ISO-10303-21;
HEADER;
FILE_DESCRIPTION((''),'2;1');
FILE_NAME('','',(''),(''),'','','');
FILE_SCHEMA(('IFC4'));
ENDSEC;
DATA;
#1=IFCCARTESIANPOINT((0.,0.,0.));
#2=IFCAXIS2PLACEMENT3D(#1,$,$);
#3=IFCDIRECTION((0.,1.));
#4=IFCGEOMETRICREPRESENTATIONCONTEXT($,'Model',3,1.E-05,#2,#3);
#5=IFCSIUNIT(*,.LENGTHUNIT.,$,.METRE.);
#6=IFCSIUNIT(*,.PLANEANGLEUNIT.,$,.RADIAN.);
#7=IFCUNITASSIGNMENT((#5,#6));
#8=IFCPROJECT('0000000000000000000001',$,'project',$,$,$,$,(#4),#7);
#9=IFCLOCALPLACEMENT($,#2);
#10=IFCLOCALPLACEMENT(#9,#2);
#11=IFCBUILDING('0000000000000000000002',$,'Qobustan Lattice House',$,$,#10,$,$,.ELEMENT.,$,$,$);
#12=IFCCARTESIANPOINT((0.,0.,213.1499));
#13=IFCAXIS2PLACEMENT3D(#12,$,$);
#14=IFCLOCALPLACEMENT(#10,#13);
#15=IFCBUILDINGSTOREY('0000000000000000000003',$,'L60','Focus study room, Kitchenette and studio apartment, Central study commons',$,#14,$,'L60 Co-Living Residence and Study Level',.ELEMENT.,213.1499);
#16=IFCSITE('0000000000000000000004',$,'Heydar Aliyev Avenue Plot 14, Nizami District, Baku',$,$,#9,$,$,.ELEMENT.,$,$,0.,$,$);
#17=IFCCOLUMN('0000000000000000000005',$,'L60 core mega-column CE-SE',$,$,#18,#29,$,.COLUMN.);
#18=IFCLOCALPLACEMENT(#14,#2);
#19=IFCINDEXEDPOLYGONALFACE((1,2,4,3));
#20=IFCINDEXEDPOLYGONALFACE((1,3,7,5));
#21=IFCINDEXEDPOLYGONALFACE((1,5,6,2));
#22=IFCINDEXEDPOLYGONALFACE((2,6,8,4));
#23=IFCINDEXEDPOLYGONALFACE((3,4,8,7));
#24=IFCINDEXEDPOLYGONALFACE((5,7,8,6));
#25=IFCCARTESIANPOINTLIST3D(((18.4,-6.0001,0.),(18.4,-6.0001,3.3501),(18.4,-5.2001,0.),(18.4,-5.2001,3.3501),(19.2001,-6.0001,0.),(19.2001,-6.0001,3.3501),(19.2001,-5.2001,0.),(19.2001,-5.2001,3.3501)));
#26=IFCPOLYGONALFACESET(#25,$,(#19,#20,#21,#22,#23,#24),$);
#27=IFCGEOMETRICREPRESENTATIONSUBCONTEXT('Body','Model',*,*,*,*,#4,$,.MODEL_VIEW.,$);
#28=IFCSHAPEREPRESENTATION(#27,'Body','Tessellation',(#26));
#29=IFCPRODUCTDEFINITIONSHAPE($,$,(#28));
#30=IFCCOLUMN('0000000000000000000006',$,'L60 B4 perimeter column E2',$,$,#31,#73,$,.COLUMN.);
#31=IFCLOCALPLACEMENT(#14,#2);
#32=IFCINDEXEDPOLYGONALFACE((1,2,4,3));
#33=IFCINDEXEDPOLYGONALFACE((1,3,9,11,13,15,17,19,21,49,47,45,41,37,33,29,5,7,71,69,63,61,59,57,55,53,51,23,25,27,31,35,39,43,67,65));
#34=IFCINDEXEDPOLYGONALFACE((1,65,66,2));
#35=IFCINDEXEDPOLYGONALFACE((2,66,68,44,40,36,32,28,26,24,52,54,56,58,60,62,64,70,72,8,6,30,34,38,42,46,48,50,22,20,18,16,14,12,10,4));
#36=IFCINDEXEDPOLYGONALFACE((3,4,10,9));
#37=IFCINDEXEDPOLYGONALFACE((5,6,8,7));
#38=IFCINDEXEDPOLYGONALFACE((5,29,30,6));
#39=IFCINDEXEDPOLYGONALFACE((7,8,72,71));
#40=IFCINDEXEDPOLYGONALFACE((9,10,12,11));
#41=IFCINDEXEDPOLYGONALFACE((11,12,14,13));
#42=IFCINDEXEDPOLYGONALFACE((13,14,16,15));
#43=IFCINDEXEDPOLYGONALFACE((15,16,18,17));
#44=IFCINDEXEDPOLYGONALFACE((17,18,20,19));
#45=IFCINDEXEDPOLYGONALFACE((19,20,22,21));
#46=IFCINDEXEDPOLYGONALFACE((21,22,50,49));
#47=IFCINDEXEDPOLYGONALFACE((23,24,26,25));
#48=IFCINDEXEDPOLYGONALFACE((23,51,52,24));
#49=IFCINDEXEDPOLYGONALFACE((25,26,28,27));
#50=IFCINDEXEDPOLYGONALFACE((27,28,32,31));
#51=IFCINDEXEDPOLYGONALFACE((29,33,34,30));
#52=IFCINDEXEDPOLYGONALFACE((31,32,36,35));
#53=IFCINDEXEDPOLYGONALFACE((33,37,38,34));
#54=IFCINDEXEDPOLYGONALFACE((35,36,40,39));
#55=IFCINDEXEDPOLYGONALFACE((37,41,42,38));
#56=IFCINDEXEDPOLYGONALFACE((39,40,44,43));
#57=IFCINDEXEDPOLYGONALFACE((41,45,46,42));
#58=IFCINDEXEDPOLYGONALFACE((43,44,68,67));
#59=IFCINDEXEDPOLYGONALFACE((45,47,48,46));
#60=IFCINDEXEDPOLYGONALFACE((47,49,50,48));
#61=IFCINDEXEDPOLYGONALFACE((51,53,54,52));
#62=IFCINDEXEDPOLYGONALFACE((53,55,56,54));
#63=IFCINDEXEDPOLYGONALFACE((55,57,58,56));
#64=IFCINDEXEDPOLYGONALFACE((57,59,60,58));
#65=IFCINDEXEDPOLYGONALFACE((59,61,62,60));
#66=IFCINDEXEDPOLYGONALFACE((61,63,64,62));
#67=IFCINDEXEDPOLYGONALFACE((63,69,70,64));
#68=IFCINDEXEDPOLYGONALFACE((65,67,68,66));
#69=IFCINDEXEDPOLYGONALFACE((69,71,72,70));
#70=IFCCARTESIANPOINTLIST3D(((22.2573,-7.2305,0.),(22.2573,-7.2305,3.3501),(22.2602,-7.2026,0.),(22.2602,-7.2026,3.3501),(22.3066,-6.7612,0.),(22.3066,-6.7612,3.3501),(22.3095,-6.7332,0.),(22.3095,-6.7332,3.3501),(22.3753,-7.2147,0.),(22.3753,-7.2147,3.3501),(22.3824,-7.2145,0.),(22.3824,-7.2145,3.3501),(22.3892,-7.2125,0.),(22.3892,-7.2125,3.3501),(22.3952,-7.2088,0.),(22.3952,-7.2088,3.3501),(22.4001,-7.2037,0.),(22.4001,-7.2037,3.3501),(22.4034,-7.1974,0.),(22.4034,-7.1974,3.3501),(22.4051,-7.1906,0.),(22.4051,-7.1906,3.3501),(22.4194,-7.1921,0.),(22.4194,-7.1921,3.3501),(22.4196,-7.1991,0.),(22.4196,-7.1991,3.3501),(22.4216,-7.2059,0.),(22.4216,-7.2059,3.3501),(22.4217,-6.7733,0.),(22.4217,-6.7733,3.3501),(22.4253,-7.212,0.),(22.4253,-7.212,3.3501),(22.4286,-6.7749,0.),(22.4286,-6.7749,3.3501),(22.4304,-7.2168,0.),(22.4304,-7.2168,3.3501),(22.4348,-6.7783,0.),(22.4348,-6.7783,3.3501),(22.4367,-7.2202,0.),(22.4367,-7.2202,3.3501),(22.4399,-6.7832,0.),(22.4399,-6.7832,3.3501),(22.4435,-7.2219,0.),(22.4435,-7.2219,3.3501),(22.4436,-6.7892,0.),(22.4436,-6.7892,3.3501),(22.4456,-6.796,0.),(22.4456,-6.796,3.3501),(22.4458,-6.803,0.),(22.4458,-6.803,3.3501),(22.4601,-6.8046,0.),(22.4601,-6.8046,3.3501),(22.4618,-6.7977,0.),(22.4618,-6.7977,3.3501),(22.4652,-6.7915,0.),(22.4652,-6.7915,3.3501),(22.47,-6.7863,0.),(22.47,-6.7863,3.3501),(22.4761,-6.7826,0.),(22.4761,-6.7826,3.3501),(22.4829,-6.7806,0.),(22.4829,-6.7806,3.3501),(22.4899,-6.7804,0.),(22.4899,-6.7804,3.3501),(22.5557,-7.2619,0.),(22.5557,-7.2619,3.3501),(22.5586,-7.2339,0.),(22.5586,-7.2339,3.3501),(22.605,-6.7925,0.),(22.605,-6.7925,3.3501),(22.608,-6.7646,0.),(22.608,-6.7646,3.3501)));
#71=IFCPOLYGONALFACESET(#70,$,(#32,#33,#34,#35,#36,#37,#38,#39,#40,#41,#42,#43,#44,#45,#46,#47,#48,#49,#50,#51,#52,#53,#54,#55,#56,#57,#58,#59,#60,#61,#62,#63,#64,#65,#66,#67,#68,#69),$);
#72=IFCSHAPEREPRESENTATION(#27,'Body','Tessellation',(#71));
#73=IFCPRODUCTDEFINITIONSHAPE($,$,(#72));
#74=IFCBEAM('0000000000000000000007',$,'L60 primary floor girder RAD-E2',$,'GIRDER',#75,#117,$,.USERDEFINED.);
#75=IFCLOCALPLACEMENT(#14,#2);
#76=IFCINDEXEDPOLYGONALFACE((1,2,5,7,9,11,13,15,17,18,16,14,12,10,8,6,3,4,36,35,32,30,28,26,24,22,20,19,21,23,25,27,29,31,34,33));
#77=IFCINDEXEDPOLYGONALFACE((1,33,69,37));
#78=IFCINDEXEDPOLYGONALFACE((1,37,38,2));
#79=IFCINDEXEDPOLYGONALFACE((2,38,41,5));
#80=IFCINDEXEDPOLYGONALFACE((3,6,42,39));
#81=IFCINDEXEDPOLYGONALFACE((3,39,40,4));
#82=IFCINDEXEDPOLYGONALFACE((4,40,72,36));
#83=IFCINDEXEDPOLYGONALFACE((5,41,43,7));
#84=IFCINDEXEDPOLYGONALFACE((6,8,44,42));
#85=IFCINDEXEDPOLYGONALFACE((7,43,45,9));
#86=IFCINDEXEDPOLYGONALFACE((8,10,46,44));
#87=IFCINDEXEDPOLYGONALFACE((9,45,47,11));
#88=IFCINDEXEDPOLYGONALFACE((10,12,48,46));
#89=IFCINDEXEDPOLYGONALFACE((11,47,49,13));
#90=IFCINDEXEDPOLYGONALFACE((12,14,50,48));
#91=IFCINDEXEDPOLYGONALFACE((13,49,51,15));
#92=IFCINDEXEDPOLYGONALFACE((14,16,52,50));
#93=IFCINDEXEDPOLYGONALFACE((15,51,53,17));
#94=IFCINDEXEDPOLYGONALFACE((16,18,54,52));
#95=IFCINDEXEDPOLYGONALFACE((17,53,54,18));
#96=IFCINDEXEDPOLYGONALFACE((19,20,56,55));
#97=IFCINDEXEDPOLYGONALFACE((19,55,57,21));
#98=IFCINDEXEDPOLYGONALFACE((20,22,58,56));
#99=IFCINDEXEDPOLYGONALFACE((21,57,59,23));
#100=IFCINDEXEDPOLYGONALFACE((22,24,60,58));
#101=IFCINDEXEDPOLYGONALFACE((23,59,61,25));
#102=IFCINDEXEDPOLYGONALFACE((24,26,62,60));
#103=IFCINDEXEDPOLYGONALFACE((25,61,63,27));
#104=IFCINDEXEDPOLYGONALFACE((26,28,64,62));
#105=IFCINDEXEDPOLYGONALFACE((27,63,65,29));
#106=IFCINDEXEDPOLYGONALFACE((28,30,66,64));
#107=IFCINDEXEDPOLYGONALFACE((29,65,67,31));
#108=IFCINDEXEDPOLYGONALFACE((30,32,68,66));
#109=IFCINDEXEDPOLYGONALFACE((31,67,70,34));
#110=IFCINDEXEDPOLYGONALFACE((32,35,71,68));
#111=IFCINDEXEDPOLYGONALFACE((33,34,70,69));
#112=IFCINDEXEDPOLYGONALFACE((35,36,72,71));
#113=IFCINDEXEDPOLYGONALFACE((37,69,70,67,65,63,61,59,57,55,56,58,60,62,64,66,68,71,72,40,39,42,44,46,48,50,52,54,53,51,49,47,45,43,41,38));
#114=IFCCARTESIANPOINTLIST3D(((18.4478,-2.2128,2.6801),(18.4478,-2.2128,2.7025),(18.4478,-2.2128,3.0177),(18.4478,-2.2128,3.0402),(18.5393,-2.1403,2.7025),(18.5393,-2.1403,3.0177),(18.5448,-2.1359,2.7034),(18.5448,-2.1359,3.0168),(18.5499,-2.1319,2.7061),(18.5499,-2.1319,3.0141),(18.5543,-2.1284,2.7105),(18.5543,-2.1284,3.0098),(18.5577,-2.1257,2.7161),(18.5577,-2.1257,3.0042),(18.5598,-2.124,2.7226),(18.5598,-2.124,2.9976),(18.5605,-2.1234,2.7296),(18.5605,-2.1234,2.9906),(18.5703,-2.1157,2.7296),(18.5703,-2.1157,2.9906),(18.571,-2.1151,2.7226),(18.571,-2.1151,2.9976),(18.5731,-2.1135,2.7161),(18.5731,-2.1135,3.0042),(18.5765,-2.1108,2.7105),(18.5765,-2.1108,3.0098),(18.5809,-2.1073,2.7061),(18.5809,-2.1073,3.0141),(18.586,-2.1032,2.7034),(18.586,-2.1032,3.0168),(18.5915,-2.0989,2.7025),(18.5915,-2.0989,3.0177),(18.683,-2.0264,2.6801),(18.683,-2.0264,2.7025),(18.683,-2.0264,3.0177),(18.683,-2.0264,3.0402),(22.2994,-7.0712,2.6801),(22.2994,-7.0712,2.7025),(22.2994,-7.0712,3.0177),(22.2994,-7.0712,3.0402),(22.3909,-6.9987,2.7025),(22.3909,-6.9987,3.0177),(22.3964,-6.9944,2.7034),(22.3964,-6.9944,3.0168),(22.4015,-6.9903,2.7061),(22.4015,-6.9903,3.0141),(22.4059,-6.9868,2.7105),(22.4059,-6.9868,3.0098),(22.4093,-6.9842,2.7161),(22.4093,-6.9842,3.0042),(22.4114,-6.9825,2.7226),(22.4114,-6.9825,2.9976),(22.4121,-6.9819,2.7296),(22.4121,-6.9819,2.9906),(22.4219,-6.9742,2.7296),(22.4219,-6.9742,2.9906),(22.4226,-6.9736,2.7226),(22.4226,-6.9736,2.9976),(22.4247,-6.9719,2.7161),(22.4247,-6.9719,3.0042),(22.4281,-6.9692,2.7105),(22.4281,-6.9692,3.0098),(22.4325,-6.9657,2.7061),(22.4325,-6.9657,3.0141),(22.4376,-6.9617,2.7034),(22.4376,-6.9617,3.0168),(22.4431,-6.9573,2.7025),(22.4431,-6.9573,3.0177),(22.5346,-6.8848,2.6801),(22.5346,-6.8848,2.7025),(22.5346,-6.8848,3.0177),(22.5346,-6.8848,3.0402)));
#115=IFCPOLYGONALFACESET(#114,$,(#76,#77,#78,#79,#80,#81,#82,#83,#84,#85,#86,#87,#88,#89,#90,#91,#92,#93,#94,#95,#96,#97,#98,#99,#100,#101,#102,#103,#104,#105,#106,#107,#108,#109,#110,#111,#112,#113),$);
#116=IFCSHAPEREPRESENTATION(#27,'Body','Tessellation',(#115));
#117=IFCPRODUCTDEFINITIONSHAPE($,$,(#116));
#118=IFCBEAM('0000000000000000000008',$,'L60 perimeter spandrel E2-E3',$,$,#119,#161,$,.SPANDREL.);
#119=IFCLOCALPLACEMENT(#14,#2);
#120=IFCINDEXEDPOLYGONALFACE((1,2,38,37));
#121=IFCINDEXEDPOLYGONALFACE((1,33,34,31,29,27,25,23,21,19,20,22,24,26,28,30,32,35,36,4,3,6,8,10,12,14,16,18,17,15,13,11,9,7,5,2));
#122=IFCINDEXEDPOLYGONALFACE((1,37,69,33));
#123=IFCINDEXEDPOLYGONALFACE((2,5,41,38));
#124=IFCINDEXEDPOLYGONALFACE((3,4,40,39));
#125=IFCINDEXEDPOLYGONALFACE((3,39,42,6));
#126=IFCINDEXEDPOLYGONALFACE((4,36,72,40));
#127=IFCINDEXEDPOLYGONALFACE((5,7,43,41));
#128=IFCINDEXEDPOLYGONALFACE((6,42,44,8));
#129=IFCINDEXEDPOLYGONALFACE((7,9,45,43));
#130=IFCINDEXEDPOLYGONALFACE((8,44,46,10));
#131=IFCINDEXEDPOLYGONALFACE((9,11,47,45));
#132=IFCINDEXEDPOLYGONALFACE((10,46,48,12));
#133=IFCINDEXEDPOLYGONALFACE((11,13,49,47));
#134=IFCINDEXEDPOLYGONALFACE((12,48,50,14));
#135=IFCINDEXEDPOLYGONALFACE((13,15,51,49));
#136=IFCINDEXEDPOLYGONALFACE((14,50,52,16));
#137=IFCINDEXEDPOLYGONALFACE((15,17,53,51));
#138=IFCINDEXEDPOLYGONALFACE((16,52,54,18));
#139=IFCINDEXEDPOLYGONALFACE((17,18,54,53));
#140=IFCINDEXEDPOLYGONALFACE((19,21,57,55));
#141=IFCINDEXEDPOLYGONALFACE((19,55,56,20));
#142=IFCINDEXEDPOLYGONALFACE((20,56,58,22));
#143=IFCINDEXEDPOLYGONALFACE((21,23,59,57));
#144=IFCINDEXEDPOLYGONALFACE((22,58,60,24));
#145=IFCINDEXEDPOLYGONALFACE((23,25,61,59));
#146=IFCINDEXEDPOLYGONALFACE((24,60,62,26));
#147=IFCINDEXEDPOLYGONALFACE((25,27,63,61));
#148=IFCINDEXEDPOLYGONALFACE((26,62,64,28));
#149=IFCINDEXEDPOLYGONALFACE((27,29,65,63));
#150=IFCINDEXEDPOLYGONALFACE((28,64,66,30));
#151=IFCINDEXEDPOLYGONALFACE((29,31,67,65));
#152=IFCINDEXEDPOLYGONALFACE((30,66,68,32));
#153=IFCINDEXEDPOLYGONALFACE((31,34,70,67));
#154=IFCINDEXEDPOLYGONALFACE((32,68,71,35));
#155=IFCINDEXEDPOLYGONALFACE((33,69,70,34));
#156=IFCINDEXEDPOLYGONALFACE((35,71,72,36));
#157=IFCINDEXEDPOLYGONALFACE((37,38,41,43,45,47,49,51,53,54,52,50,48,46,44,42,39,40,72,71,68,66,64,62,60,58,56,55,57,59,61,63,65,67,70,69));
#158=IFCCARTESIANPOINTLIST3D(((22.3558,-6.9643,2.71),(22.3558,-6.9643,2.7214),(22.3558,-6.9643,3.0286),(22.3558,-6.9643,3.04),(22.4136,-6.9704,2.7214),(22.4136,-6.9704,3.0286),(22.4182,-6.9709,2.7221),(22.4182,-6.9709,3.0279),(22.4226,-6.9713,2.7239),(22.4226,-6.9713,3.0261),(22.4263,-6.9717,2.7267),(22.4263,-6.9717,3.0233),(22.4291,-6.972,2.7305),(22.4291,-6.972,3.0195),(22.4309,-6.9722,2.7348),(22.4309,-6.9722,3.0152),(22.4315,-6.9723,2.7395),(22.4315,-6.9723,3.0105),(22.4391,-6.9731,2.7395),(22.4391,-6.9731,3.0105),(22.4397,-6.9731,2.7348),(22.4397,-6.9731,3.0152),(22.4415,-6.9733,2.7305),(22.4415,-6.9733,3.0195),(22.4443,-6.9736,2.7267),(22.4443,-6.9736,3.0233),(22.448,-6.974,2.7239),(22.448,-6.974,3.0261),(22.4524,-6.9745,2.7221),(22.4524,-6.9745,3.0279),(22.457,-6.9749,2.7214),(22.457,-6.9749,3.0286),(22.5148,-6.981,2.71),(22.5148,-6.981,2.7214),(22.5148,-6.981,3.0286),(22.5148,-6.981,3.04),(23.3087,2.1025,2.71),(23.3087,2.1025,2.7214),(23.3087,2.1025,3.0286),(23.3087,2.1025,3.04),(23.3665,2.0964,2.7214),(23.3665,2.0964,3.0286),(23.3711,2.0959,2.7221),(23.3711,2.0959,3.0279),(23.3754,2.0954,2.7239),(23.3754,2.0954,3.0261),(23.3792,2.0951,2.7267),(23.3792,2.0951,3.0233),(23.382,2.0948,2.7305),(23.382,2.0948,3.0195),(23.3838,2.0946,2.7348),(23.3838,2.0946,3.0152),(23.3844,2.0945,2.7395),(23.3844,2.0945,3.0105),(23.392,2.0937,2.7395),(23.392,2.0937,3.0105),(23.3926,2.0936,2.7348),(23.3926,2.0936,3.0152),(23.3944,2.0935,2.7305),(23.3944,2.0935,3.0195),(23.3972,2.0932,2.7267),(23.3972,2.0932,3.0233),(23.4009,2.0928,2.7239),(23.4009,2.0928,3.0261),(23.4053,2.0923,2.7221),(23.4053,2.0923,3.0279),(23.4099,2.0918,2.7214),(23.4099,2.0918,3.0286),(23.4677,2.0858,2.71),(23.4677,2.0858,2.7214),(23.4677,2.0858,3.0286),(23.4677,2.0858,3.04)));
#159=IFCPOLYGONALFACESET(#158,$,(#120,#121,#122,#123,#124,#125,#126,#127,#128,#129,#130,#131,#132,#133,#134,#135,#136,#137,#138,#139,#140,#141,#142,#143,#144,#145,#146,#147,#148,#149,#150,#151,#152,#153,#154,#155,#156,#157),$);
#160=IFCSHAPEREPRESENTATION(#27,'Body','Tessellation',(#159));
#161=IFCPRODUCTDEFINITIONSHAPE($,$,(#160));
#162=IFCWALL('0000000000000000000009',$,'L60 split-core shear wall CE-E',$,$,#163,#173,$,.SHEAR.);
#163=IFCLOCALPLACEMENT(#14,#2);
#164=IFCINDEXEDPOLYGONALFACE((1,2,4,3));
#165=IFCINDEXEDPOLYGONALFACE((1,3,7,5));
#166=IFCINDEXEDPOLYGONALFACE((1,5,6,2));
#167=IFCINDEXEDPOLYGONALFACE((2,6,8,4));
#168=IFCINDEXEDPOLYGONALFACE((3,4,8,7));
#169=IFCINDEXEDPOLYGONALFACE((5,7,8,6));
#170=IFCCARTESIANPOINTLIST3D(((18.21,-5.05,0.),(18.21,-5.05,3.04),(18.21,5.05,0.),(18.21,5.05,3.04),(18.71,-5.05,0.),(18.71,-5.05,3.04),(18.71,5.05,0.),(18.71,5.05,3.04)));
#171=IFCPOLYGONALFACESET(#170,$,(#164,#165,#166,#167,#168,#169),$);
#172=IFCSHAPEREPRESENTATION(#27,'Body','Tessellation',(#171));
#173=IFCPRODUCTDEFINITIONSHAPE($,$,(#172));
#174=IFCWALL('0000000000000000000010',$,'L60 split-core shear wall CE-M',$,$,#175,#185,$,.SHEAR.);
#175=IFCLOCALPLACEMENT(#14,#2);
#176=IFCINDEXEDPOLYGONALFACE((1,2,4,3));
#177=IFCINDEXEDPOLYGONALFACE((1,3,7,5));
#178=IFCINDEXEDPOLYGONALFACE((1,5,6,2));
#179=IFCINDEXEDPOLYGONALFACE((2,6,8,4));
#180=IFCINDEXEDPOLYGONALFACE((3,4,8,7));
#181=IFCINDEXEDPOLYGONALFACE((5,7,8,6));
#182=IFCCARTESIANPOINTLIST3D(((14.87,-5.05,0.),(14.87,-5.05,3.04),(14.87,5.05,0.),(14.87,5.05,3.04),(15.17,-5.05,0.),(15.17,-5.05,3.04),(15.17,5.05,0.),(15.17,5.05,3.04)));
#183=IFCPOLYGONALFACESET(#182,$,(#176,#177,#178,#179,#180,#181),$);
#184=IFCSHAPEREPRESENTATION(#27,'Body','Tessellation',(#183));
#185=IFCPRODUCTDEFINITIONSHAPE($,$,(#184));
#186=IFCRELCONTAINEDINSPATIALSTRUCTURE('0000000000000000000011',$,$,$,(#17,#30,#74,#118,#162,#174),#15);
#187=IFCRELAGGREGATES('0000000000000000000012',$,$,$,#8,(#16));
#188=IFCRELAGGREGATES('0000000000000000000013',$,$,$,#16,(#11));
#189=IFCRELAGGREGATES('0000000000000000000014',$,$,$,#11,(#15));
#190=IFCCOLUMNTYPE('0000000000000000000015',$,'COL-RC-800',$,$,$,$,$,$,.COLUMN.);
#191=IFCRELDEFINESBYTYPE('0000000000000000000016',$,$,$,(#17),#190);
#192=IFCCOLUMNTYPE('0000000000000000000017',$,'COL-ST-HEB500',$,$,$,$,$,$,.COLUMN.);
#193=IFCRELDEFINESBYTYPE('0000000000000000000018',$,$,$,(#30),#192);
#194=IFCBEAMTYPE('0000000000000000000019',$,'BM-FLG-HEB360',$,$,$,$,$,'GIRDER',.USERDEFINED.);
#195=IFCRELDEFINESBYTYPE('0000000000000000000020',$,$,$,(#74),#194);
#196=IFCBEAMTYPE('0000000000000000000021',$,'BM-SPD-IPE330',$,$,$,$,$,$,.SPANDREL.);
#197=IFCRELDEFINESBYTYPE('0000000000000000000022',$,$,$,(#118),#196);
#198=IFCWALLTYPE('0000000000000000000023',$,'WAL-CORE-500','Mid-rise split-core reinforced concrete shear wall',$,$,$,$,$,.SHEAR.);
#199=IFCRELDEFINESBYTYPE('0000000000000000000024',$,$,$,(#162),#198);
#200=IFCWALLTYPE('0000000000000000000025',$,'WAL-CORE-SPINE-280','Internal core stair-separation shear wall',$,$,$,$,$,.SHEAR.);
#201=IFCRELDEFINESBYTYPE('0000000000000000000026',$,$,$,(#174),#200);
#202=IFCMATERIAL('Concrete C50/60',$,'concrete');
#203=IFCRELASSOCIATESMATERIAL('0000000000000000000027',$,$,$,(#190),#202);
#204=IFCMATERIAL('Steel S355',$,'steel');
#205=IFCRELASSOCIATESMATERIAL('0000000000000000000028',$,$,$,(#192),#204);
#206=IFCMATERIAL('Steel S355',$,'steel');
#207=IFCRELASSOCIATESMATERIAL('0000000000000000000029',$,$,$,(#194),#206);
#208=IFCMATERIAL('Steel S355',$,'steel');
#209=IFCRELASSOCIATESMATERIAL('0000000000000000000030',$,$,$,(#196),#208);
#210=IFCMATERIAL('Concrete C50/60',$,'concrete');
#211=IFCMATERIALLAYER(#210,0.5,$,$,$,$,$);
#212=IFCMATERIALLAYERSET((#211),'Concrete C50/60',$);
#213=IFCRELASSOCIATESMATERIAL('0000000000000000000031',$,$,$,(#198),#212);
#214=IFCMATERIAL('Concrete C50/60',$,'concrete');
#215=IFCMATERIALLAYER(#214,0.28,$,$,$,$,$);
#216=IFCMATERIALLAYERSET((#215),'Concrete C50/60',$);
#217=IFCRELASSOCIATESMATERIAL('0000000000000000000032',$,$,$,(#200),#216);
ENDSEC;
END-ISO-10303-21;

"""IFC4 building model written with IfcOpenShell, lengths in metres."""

from ifc_helpers import new_model, si_unit, direction, frame, frame_2d, origin, origin_2d, place, context, subcontext, project, spatial, rectangle, i_section, extrude, material, layer, layer_set, material_profile, profile_set, type_object, element, save


model = new_model("IFC4")

# Units and contexts
model_context = context("Model", 3, precision=1e-05, world=origin(), true_north=direction((0.0, 1.0)))
body_context = subcontext(model_context, "Body", "Model", "MODEL_VIEW")
ifc_project = project(units=[si_unit("LENGTHUNIT", "METRE"), si_unit("PLANEANGLEUNIT", "RADIAN")], contexts=[model_context])

# Site, building, storey
site_placement = place(None, origin())
site = spatial("IfcSite", under=ifc_project, at=site_placement, Name="Heydar Aliyev Avenue Plot 14, Nizami District, Baku", CompositionType="ELEMENT", RefElevation=0.0)
building_placement = place(site_placement, origin())
building = spatial("IfcBuilding", under=site, at=building_placement, Name="Qobustan Lattice House", CompositionType="ELEMENT")
storey_placement = place(building_placement, frame((0.0, 0.0, 213.1499)))
storey = spatial("IfcBuildingStorey", under=building, at=storey_placement, Name="L60", Description="Focus study room, Kitchenette and studio apartment, Central study commons", LongName="L60 Co-Living Residence and Study Level", CompositionType="ELEMENT", Elevation=213.1499)

# Columns
ifc_material_1 = material(Name="Concrete C50/60", Category="concrete")
ifc_material_profile_1 = material_profile(ifc_material_1, rectangle(XDim=0.8, YDim=0.8, at=origin_2d()), Name="RC800x800")
ifc_profile_set_1 = profile_set([ifc_material_profile_1], Name="Concrete C50/60")
column_type_1 = type_object("IfcColumnType", Name="COL-RC-800", PredefinedType="COLUMN", material=ifc_profile_set_1)
column_1_placement = place(storey_placement, frame((18.8, -5.6001, 0.0), z_axis=(0.0, 0.0, 1.0), x_axis=(1.0, 0.0, 0.0)))
element("IfcColumn", 1, at=column_1_placement, inside=storey, type_object=column_type_1, Name="L60 core mega-column CE-SE", PredefinedType="COLUMN", context=body_context, shape_type="SweptSolid", body=[
    extrude(rectangle(XDim=0.8, YDim=0.8, at=origin_2d()), origin(), (0.0, 0.0, 1.0), 3.3501),
])
ifc_material_2 = material(Name="Steel S355", Category="steel")
ifc_material_profile_2 = material_profile(ifc_material_2, i_section(OverallWidth=0.3, OverallDepth=0.5, WebThickness=0.0144, FlangeThickness=0.0281, FilletRadius=0.0271, at=origin_2d()), Name="HEB500")
ifc_profile_set_2 = profile_set([ifc_material_profile_2], Name="Steel S355")
column_type_2 = type_object("IfcColumnType", Name="COL-ST-HEB500", PredefinedType="COLUMN", material=ifc_profile_set_2)
column_2_placement = place(storey_placement, frame((22.4326, -6.9976, 0.0), z_axis=(0.0, 0.0, 1.0), x_axis=(0.994522, -0.104528, 0.0)))
element("IfcColumn", 2, at=column_2_placement, inside=storey, type_object=column_type_2, Name="L60 B4 perimeter column E2", PredefinedType="COLUMN", context=body_context, shape_type="SweptSolid", body=[
    extrude(i_section(OverallWidth=0.3, OverallDepth=0.5, WebThickness=0.0144, FlangeThickness=0.0281, FilletRadius=0.0271, at=origin_2d()), origin(), (0.0, 0.0, 1.0), 3.3501),
])

# Beams
ifc_material_3 = material(Name="Steel S355", Category="steel")
ifc_material_profile_3 = material_profile(ifc_material_3, i_section(OverallWidth=0.3, OverallDepth=0.3601, WebThickness=0.0125, FlangeThickness=0.0225, FilletRadius=0.0271, at=origin_2d()), Name="HEB360")
ifc_profile_set_3 = profile_set([ifc_material_profile_3], Name="Steel S355")
beam_type_1 = type_object("IfcBeamType", Name="BM-FLG-HEB360", ElementType="GIRDER", PredefinedType="USERDEFINED", material=ifc_profile_set_3)
beam_1_placement = place(storey_placement, frame((22.417, -6.978, 2.8601), z_axis=(-0.621231, 0.783627, 0.0), x_axis=(-0.783627, -0.621231, 0.0)))
element("IfcBeam", 3, at=beam_1_placement, inside=storey, type_object=beam_type_1, Name="L60 primary floor girder RAD-E2", ObjectType="GIRDER", PredefinedType="USERDEFINED", context=body_context, shape_type="SweptSolid", body=[
    extrude(i_section(OverallWidth=0.3, OverallDepth=0.3601, WebThickness=0.0125, FlangeThickness=0.0225, FilletRadius=0.0271, at=origin_2d()), origin(), (0.0, 0.0, 1.0), 6.2),
])
ifc_material_4 = material(Name="Steel S355", Category="steel")
ifc_material_profile_4 = material_profile(ifc_material_4, i_section(OverallWidth=0.1599, OverallDepth=0.3301, WebThickness=0.0076, FlangeThickness=0.0115, FilletRadius=0.0181, at=origin_2d()), Name="IPE330")
ifc_profile_set_4 = profile_set([ifc_material_profile_4], Name="Steel S355")
beam_type_2 = type_object("IfcBeamType", Name="BM-SPD-IPE330", PredefinedType="SPANDREL", material=ifc_profile_set_4)
beam_2_placement = place(storey_placement, frame((22.4353, -6.9727, 2.875), z_axis=(0.104522, 0.994523, 0.0), x_axis=(-0.994523, 0.104522, 0.0)))
element("IfcBeam", 4, at=beam_2_placement, inside=storey, type_object=beam_type_2, Name="L60 perimeter spandrel E2-E3", PredefinedType="SPANDREL", context=body_context, shape_type="SweptSolid", body=[
    extrude(i_section(OverallWidth=0.1599, OverallDepth=0.3301, WebThickness=0.0076, FlangeThickness=0.0115, FilletRadius=0.0181, at=origin_2d()), origin(), (0.0, 0.0, 1.0), 9.1167),
])

# Walls
ifc_material_5 = material(Name="Concrete C50/60", Category="concrete")
ifc_layer_1 = layer(ifc_material_5, 0.5)
ifc_layer_set_1 = layer_set([ifc_layer_1], Name="Concrete C50/60")
wall_type_1 = type_object("IfcWallType", Name="WAL-CORE-500", Description="Mid-rise split-core reinforced concrete shear wall", PredefinedType="SHEAR", material=ifc_layer_set_1)
wall_1_placement = place(storey_placement, frame((18.46, -5.05, 0.0), z_axis=(0.0, 0.0, 1.0), x_axis=(0.0, 1.0, 0.0)))
element("IfcWall", 5, at=wall_1_placement, inside=storey, type_object=wall_type_1, Name="L60 split-core shear wall CE-E", PredefinedType="SHEAR", context=body_context, shape_type="SweptSolid", body=[
    extrude(rectangle(XDim=10.1001, YDim=0.5, at=frame_2d((5.05, 0.0))), origin(), (0.0, 0.0, 1.0), 3.04),
])
ifc_material_6 = material(Name="Concrete C50/60", Category="concrete")
ifc_layer_2 = layer(ifc_material_6, 0.28)
ifc_layer_set_2 = layer_set([ifc_layer_2], Name="Concrete C50/60")
wall_type_2 = type_object("IfcWallType", Name="WAL-CORE-SPINE-280", Description="Internal core stair-separation shear wall", PredefinedType="SHEAR", material=ifc_layer_set_2)
wall_2_placement = place(storey_placement, frame((15.02, -5.05, 0.0), z_axis=(0.0, 0.0, 1.0), x_axis=(0.0, 1.0, 0.0)))
element("IfcWall", 6, at=wall_2_placement, inside=storey, type_object=wall_type_2, Name="L60 split-core shear wall CE-M", PredefinedType="SHEAR", context=body_context, shape_type="SweptSolid", body=[
    extrude(rectangle(XDim=10.1001, YDim=0.3, at=frame_2d((5.05, 0.0))), origin(), (0.0, 0.0, 1.0), 3.04),
])

save(model, "model.ifc")
